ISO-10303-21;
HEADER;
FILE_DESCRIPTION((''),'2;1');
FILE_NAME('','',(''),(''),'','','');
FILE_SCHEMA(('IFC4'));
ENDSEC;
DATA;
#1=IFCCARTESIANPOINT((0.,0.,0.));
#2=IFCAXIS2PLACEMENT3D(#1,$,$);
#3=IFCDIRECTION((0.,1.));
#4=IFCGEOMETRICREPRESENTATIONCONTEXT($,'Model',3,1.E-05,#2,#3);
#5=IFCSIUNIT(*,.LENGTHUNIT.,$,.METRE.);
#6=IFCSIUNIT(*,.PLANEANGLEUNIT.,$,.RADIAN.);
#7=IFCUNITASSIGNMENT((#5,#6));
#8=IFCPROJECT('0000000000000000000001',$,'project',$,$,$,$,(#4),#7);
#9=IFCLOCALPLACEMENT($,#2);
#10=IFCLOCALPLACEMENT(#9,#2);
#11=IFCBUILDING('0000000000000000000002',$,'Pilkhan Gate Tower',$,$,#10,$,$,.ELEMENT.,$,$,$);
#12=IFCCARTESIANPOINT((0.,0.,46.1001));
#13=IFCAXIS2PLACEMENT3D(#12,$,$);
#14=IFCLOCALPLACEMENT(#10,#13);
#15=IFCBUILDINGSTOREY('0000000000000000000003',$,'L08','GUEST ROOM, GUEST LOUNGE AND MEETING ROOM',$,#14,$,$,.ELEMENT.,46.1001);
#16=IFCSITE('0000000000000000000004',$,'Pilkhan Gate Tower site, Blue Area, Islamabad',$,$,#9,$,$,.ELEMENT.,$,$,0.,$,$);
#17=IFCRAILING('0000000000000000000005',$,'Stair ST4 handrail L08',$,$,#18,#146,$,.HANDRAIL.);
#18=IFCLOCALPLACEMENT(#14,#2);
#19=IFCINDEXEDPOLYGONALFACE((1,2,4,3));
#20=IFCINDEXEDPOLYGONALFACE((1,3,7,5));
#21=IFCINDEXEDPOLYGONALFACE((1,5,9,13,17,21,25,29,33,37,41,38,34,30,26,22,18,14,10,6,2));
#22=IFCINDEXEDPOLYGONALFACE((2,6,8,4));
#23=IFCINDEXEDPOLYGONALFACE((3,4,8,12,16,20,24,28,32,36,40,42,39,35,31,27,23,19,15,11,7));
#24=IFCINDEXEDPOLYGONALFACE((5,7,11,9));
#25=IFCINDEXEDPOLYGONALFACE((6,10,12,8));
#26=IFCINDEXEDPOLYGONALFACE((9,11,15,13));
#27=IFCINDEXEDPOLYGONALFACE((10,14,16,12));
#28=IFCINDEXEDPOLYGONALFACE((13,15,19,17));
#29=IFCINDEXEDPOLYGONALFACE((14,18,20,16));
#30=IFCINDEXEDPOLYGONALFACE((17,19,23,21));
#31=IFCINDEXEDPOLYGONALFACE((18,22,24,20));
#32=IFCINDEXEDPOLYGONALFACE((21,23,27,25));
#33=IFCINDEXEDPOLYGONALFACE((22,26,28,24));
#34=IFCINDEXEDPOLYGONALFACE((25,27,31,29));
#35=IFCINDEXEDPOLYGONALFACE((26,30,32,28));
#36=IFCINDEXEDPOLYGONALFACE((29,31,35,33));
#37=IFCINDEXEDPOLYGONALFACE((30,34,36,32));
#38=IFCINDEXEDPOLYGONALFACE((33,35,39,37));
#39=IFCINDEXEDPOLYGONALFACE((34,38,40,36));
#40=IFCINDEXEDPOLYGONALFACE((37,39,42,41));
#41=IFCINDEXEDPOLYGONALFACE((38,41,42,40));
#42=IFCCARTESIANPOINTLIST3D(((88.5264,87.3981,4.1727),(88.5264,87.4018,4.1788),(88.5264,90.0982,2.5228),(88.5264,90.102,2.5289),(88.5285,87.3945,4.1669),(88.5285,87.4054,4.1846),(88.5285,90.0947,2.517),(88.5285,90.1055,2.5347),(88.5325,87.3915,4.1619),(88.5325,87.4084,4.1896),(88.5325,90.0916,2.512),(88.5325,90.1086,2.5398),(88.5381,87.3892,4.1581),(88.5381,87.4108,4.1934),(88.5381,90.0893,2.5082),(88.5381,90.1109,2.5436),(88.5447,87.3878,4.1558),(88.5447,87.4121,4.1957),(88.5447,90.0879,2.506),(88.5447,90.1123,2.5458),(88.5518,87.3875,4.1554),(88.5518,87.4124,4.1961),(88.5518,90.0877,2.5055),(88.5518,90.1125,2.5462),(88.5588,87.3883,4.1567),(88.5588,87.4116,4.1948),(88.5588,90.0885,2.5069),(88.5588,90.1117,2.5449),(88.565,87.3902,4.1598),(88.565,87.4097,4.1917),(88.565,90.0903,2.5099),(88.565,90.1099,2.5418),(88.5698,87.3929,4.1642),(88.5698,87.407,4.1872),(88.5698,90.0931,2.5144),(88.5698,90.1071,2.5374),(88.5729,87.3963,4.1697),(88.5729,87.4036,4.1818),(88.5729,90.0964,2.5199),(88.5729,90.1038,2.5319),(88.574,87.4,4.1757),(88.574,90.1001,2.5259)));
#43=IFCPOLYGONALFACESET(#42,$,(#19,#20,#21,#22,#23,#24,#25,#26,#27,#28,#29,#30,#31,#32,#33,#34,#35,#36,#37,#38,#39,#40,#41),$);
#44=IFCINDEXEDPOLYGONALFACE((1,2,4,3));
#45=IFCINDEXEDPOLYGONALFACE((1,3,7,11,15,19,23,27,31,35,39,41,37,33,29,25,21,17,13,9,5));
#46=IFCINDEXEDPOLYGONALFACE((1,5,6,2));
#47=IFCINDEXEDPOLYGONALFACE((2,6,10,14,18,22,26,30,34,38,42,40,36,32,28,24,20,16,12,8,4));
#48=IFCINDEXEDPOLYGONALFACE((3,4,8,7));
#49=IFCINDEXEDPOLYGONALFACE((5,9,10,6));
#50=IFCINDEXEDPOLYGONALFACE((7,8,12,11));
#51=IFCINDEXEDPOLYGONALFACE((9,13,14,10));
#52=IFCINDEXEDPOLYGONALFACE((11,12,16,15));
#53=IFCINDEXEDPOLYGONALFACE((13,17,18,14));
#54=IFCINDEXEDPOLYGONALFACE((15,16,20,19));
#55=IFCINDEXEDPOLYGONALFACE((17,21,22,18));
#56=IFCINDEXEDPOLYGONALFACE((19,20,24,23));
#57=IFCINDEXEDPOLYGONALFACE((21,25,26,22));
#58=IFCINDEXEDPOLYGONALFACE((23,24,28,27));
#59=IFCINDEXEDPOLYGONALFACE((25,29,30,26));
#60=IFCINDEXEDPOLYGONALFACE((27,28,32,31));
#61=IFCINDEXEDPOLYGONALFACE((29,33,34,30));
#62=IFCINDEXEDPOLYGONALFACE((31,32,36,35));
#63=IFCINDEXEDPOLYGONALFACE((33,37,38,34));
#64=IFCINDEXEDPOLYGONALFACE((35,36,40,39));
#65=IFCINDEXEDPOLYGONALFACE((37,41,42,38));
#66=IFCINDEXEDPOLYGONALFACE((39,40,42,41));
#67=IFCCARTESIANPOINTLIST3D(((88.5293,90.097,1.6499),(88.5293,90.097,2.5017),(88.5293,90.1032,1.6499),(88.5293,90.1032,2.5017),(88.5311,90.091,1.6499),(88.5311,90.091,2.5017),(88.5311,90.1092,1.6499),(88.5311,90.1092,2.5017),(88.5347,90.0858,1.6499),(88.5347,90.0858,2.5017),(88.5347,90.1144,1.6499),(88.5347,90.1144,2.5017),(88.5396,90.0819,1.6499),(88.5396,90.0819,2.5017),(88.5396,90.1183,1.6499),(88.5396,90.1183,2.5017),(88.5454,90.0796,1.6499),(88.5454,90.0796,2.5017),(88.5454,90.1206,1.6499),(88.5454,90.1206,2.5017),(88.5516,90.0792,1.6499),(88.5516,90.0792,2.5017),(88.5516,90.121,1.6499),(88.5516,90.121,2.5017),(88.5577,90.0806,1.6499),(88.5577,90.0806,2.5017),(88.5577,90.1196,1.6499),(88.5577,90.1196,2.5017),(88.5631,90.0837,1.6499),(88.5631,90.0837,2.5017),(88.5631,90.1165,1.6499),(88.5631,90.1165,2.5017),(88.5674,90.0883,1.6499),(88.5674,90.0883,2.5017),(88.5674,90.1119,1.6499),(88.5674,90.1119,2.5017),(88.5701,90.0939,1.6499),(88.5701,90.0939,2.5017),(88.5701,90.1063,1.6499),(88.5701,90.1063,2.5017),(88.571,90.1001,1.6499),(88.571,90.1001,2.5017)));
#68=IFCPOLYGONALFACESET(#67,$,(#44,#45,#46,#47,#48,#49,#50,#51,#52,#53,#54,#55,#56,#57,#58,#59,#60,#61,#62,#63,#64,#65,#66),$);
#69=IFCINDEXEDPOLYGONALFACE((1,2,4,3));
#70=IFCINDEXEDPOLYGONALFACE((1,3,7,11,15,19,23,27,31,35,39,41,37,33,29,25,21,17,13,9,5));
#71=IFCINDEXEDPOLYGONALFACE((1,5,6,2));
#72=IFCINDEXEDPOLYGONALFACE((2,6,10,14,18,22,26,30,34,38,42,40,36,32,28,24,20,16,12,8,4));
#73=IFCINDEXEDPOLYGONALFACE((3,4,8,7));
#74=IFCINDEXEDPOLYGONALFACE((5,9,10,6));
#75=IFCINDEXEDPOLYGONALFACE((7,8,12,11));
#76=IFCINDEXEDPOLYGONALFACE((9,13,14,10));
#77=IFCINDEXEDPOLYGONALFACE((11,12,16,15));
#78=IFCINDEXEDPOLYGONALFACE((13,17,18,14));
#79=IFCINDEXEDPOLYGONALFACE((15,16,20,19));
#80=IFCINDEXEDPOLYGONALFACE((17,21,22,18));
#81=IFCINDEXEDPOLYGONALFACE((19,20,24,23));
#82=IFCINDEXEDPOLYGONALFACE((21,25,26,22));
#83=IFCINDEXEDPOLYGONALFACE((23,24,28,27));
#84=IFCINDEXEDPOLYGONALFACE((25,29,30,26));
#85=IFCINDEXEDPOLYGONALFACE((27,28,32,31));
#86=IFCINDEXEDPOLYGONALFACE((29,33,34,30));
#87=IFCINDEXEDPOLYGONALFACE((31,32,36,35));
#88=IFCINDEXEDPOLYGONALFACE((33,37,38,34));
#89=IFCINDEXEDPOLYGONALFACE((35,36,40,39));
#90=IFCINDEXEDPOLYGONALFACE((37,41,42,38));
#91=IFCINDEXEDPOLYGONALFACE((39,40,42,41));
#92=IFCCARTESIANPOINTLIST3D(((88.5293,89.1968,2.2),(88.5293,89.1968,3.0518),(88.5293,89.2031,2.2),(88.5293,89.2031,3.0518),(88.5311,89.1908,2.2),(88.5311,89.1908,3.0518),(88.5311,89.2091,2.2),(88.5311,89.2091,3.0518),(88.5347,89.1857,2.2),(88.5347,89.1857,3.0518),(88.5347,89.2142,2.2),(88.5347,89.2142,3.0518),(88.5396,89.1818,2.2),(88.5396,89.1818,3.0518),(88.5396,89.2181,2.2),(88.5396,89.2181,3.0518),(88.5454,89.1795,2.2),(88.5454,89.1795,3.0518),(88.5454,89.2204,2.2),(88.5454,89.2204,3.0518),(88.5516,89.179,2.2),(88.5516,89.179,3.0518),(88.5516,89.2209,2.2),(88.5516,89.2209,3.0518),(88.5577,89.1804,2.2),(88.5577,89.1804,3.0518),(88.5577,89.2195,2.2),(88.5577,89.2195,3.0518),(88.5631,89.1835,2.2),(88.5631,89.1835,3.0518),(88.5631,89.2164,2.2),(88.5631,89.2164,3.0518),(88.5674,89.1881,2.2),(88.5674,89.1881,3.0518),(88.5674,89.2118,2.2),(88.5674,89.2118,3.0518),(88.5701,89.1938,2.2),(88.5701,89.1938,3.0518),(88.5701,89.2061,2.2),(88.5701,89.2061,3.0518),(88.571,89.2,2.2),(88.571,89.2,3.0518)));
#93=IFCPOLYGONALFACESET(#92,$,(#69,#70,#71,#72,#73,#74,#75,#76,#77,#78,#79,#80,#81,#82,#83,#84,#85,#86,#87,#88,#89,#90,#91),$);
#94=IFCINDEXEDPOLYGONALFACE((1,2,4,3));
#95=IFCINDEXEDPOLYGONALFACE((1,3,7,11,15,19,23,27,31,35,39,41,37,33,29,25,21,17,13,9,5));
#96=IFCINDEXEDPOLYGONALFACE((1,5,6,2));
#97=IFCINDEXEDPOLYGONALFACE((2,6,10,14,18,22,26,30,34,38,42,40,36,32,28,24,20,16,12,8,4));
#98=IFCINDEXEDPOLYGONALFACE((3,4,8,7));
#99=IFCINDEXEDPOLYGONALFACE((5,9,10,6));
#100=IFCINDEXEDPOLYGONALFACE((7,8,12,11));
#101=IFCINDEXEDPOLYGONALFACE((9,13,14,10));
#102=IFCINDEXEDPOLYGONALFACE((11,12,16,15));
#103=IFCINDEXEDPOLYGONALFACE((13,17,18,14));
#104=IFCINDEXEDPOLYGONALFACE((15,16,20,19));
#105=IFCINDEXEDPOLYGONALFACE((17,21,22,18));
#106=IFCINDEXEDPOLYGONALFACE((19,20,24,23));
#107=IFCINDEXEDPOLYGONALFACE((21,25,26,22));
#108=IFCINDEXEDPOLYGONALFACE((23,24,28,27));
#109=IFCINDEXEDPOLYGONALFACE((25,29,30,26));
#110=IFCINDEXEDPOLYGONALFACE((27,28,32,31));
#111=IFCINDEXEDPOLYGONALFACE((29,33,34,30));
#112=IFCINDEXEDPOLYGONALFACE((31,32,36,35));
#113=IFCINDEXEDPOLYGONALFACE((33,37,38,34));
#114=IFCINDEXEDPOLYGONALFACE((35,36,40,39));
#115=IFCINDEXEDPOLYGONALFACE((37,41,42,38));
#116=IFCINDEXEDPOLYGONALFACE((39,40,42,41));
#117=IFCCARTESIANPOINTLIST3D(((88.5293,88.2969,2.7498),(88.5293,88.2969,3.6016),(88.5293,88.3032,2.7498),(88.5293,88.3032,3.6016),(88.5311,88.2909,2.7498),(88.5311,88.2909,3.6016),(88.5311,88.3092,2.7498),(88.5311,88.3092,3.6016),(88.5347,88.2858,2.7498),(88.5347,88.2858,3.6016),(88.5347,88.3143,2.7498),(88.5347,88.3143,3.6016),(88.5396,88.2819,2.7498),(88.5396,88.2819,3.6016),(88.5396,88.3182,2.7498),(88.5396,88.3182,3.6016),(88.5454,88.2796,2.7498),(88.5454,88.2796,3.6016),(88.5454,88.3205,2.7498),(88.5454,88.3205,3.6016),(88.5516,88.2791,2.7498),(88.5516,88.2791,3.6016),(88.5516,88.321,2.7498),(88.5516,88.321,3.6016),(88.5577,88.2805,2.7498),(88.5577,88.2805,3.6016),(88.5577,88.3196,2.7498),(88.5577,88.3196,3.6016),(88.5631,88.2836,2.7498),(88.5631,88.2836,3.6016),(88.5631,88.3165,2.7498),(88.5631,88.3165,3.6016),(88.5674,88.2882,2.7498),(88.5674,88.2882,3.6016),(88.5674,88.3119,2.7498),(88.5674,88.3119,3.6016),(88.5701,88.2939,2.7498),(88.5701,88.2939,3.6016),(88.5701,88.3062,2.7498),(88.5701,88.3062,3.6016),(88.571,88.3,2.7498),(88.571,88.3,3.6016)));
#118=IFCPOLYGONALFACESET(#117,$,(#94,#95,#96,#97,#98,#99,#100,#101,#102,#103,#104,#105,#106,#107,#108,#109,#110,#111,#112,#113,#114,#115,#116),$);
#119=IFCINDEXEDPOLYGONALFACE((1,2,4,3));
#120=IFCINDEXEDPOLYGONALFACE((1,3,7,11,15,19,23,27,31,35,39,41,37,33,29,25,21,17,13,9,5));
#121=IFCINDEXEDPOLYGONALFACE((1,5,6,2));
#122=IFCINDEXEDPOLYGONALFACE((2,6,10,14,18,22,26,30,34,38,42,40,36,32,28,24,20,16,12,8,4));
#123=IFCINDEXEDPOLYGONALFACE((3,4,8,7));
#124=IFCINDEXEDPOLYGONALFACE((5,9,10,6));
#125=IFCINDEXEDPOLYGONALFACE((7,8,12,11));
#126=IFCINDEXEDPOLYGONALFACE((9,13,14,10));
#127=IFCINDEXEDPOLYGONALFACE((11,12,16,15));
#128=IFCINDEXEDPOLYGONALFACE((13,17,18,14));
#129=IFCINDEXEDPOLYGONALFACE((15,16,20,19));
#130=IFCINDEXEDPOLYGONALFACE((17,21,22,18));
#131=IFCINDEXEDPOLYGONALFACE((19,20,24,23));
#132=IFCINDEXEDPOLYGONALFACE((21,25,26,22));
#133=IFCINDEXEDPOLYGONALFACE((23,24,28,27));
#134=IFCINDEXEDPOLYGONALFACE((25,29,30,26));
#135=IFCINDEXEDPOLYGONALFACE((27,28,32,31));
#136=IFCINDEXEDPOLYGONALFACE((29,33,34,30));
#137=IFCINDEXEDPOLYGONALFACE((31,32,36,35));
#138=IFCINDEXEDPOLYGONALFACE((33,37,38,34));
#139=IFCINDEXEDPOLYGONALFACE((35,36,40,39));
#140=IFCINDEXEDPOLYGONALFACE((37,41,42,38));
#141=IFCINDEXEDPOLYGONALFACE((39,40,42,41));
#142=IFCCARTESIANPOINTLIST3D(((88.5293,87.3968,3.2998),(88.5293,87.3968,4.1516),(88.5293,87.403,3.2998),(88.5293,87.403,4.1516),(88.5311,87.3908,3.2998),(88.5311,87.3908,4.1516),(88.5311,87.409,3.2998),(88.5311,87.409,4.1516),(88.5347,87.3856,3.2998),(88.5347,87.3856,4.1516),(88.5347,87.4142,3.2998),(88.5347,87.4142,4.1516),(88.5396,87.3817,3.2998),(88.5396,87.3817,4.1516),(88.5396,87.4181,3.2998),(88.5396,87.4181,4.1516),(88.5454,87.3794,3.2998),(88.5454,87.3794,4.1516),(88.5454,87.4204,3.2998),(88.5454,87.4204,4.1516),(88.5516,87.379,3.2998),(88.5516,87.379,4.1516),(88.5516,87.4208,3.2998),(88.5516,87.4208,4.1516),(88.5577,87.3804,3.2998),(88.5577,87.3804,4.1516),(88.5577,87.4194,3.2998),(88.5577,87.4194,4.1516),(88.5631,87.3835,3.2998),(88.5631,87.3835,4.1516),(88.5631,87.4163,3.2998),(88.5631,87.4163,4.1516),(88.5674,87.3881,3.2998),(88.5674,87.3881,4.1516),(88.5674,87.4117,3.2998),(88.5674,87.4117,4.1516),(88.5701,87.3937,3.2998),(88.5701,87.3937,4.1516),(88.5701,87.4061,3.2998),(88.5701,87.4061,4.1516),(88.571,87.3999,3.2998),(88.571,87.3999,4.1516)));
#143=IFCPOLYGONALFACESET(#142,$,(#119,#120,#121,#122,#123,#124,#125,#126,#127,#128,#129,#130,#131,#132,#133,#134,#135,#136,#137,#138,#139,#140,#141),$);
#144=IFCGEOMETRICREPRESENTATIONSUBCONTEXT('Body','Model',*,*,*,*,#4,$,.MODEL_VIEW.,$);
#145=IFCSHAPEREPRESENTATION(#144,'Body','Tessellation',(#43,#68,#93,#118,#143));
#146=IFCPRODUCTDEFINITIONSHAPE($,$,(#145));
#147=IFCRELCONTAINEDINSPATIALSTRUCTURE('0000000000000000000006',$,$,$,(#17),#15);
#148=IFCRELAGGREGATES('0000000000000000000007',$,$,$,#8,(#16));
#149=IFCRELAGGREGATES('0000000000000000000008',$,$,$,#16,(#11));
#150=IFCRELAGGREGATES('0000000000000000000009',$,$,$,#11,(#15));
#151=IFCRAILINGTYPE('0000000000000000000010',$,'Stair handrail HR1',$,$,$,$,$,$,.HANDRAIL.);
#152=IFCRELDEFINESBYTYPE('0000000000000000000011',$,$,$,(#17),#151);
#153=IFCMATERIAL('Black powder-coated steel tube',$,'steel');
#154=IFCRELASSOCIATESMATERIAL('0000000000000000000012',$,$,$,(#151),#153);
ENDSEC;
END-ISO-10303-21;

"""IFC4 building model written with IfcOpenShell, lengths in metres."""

from ifc_helpers import new_model, si_unit, direction, frame, origin, origin_2d, place, context, subcontext, project, spatial, circle, extrude, material, type_object, element, save


model = new_model("IFC4")

# Units and contexts
model_context = context("Model", 3, precision=1e-05, world=origin(), true_north=direction((0.0, 1.0)))
body_context = subcontext(model_context, "Body", "Model", "MODEL_VIEW")
ifc_project = project(units=[si_unit("LENGTHUNIT", "METRE"), si_unit("PLANEANGLEUNIT", "RADIAN")], contexts=[model_context])

# Site, building, storey
site_placement = place(None, origin())
site = spatial("IfcSite", under=ifc_project, at=site_placement, Name="Pilkhan Gate Tower site, Blue Area, Islamabad", CompositionType="ELEMENT", RefElevation=0.0)
building_placement = place(site_placement, origin())
building = spatial("IfcBuilding", under=site, at=building_placement, Name="Pilkhan Gate Tower", CompositionType="ELEMENT")
storey_placement = place(building_placement, frame((0.0, 0.0, 46.1001)))
storey = spatial("IfcBuildingStorey", under=building, at=storey_placement, Name="L08", Description="GUEST ROOM, GUEST LOUNGE AND MEETING ROOM", CompositionType="ELEMENT", Elevation=46.1001)

# Railing
ifc_material_1 = material(Name="Black powder-coated steel tube", Category="steel")
railing_type_1 = type_object("IfcRailingType", Name="Stair handrail HR1", PredefinedType="HANDRAIL", material=ifc_material_1)
railing_1_placement = place(storey_placement, frame((88.55, 90.1001, 1.6499)))
element("IfcRailing", 1, at=railing_1_placement, inside=storey, type_object=railing_type_1, Name="Stair ST4 handrail L08", PredefinedType="HANDRAIL", context=body_context, shape_type="SweptSolid", body=[
    extrude(circle(Radius=0.0239, at=origin_2d()), frame((0.0, 0.0, 0.876), z_axis=(0.0, -0.853312, 0.5214), x_axis=(1.0, 0.0, 0.0)), (0.0, 0.0, 1.0), 3.1643),
    extrude(circle(Radius=0.021, at=origin_2d()), origin(), (0.0, 0.0, 1.0), 0.8518),
    extrude(circle(Radius=0.021, at=origin_2d()), frame((0.0, -0.9001, 0.55)), (0.0, 0.0, 1.0), 0.8518),
    extrude(circle(Radius=0.021, at=origin_2d()), frame((0.0, -1.8, 1.0999)), (0.0, 0.0, 1.0), 0.8518),
    extrude(circle(Radius=0.021, at=origin_2d()), frame((0.0, -2.7002, 1.6499)), (0.0, 0.0, 1.0), 0.8518),
])

save(model, "model.ifc")
